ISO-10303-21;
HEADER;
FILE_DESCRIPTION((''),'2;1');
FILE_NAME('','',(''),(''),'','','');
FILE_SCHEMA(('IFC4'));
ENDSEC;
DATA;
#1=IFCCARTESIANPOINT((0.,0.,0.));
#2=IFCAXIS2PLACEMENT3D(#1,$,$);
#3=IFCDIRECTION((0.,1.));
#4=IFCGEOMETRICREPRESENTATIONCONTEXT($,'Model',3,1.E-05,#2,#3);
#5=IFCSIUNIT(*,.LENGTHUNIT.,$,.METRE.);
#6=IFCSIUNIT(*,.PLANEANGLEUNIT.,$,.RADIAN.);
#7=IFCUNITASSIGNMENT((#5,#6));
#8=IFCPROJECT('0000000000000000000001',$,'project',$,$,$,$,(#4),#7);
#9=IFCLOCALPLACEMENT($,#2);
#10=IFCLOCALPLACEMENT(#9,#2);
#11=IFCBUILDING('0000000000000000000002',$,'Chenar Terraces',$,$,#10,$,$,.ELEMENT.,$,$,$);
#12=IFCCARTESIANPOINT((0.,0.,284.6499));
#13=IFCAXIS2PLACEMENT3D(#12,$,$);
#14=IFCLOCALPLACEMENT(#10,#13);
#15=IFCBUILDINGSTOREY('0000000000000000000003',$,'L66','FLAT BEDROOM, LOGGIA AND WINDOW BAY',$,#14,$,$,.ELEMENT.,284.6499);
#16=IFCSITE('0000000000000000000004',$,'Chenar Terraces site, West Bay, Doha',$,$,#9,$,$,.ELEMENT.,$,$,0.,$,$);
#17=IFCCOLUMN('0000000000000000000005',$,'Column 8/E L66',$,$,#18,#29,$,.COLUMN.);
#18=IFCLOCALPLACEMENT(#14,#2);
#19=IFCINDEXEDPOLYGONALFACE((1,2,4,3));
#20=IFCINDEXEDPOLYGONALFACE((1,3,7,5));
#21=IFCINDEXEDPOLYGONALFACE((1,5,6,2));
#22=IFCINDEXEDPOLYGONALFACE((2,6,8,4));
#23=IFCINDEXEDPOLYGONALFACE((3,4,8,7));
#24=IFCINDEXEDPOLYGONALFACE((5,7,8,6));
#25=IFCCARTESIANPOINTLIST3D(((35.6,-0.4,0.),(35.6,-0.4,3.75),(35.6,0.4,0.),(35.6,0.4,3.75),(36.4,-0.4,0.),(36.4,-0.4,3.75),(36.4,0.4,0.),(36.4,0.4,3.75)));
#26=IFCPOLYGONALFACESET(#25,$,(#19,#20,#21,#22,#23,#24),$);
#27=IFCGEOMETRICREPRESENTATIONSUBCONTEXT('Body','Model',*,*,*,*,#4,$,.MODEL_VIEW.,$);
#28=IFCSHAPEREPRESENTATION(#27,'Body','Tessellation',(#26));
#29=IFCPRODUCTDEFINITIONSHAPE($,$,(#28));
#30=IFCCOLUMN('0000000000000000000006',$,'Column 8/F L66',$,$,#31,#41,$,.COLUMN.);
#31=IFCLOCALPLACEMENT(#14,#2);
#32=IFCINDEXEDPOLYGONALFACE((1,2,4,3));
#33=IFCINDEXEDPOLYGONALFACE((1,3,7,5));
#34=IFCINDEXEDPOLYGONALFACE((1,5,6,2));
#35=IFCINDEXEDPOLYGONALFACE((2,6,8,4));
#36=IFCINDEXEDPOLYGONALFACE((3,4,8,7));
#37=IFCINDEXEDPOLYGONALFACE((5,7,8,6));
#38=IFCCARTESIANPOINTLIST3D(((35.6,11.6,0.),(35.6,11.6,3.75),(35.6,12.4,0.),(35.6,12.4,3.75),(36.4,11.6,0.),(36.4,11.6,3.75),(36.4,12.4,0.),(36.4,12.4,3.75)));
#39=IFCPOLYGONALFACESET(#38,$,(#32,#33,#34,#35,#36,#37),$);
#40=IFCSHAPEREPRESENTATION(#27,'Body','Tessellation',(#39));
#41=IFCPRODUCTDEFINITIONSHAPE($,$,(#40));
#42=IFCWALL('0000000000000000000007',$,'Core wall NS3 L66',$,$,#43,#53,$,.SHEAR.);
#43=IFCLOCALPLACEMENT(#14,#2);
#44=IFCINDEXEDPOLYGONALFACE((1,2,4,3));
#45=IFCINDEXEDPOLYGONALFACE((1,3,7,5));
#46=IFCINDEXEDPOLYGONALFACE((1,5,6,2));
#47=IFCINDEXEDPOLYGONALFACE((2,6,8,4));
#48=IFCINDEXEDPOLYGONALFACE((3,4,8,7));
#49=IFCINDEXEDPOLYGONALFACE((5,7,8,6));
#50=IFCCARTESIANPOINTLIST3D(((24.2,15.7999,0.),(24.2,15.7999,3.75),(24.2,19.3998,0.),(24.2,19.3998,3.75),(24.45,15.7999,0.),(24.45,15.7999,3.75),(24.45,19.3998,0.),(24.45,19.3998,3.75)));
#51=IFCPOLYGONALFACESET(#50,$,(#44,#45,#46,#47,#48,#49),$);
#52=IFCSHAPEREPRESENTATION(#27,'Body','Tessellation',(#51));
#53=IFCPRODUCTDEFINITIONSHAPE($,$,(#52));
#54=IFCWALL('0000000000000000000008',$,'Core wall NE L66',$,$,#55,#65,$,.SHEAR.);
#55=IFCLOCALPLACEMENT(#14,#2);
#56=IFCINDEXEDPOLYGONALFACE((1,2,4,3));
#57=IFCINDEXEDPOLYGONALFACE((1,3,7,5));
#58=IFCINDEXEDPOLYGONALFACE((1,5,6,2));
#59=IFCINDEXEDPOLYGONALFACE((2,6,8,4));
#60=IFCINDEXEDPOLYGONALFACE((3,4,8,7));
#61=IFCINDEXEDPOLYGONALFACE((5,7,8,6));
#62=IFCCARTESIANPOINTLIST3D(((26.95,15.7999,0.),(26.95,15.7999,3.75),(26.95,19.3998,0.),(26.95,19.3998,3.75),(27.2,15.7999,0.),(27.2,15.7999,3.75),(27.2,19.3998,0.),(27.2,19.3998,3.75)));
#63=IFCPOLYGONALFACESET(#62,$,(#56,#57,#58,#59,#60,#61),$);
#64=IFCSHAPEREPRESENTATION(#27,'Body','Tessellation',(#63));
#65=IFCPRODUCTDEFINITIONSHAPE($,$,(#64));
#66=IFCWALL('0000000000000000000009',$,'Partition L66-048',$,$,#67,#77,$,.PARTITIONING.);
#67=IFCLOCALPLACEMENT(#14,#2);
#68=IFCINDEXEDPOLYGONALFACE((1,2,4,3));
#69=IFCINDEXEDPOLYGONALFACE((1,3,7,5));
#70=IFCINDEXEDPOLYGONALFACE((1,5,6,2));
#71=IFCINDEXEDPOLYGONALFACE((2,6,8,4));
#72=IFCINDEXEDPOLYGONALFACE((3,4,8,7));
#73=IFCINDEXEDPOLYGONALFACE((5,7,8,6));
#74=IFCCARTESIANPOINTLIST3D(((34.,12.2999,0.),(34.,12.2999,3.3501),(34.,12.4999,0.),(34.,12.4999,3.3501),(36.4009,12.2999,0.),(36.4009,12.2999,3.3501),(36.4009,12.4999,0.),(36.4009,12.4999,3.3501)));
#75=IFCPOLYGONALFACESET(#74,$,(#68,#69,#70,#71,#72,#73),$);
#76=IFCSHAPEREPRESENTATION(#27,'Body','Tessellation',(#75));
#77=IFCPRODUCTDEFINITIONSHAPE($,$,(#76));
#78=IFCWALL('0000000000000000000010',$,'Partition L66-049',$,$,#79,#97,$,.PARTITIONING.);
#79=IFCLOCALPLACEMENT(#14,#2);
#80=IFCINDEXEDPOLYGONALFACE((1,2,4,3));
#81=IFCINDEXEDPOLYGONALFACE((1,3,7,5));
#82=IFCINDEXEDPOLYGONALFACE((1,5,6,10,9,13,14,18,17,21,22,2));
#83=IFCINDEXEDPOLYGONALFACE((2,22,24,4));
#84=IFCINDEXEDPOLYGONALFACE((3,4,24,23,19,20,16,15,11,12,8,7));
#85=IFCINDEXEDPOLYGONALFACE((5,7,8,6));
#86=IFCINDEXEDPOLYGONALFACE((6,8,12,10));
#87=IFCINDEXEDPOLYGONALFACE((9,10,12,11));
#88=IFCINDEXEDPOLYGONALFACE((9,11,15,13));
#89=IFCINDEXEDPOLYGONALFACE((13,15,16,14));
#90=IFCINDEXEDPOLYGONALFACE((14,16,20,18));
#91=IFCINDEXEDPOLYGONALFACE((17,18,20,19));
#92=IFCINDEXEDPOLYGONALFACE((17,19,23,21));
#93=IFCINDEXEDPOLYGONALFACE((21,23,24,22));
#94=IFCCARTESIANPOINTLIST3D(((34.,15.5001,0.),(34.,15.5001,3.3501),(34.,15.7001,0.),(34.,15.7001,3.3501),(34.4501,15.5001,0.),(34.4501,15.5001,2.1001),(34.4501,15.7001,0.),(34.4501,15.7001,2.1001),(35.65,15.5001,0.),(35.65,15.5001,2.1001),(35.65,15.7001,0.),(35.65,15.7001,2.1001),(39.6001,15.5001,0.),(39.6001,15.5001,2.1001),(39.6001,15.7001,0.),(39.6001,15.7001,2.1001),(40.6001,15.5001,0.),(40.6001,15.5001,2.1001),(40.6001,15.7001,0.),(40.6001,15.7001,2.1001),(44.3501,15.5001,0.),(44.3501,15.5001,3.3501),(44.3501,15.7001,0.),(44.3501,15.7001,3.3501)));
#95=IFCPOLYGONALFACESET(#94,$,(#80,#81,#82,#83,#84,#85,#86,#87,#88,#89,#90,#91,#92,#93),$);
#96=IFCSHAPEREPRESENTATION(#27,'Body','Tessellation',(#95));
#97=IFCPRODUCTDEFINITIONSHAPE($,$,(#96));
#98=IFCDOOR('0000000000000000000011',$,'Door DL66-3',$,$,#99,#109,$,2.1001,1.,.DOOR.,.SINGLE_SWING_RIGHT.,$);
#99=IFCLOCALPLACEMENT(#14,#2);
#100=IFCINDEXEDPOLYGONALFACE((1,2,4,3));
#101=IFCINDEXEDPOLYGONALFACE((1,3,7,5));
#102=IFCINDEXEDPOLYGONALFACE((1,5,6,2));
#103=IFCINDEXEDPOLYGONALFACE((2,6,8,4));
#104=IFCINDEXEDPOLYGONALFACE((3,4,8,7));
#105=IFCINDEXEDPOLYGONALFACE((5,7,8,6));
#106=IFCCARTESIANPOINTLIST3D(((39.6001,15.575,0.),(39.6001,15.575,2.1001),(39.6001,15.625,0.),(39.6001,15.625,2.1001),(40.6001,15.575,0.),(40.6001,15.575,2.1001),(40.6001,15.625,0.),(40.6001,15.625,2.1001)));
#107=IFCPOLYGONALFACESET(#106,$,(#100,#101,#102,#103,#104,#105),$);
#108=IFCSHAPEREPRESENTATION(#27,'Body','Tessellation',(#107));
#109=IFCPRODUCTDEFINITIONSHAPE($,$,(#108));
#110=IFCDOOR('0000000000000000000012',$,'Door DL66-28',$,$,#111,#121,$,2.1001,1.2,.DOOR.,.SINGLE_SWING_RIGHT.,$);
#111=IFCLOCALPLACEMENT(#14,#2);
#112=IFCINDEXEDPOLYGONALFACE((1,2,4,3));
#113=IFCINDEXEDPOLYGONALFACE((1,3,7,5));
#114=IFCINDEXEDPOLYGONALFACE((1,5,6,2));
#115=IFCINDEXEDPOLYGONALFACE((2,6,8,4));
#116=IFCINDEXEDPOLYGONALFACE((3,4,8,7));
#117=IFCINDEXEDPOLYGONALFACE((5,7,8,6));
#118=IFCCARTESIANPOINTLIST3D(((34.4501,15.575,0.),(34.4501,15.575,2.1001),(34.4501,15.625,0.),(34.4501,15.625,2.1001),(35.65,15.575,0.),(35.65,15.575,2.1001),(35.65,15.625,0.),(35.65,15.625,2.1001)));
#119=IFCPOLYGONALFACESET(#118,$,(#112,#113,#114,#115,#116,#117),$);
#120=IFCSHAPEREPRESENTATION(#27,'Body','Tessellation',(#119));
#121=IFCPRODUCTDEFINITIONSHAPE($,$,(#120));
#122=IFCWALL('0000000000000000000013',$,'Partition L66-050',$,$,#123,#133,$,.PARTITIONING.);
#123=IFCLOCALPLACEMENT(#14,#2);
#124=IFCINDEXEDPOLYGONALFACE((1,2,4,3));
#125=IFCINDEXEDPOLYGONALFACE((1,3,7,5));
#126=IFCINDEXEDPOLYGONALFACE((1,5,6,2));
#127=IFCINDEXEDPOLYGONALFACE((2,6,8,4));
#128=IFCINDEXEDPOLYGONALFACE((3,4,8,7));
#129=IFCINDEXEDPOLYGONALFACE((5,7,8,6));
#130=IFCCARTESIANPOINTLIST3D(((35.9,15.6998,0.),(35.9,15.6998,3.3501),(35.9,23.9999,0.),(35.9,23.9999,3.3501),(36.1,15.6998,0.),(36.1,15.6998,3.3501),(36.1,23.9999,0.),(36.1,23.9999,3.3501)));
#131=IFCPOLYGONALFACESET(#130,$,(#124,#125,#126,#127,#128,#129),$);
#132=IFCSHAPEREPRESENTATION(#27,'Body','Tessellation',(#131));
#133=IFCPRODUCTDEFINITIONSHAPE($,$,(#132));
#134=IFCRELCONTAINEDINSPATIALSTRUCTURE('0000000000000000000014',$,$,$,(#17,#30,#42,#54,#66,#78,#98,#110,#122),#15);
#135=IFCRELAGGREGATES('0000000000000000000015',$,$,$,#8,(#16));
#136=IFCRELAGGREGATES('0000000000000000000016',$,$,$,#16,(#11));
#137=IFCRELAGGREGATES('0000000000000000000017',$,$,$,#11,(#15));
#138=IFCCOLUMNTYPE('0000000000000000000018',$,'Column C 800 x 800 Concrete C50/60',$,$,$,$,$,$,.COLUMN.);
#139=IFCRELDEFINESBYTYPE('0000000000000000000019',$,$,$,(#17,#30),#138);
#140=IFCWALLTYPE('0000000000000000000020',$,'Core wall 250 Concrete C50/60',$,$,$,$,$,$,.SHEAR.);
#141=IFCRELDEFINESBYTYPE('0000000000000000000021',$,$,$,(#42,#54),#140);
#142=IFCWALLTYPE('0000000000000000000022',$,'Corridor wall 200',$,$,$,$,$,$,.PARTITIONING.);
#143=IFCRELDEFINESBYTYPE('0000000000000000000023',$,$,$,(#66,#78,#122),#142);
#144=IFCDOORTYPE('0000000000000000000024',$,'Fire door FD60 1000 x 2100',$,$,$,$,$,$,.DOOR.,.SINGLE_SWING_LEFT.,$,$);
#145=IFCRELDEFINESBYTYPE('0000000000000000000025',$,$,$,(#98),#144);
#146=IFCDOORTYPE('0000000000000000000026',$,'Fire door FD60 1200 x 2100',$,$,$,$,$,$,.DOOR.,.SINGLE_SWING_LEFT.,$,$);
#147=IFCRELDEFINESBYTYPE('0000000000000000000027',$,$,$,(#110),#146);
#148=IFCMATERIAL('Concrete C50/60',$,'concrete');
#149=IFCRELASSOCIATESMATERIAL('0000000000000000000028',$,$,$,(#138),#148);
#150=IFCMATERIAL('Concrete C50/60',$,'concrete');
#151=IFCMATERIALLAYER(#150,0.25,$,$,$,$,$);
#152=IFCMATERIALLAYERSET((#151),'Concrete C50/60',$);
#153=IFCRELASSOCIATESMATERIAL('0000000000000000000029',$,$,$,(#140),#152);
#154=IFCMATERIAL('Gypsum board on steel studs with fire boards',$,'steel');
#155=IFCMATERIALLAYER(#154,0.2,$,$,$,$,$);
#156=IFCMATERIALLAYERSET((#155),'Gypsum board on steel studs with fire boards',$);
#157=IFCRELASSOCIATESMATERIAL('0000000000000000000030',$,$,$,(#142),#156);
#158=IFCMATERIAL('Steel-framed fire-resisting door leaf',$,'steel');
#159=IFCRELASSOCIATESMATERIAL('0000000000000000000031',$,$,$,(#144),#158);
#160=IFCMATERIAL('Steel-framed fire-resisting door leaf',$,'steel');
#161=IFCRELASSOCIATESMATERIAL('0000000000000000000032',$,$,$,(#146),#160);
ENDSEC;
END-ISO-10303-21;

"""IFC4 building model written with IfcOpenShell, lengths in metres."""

from ifc_helpers import new_model, si_unit, direction, frame, frame_2d, origin, origin_2d, place, context, subcontext, project, spatial, rectangle, extrude, material, layer, layer_set, material_profile, profile_set, type_object, element, fill, save


model = new_model("IFC4")

# Units and contexts
model_context = context("Model", 3, precision=1e-05, world=origin(), true_north=direction((0.0, 1.0)))
body_context = subcontext(model_context, "Body", "Model", "MODEL_VIEW")
ifc_project = project(units=[si_unit("LENGTHUNIT", "METRE"), si_unit("PLANEANGLEUNIT", "RADIAN")], contexts=[model_context])

# Site, building, storey
site_placement = place(None, origin())
site = spatial("IfcSite", under=ifc_project, at=site_placement, Name="Chenar Terraces site, West Bay, Doha", CompositionType="ELEMENT", RefElevation=0.0)
building_placement = place(site_placement, origin())
building = spatial("IfcBuilding", under=site, at=building_placement, Name="Chenar Terraces", CompositionType="ELEMENT")
storey_placement = place(building_placement, frame((0.0, 0.0, 284.6499)))
storey = spatial("IfcBuildingStorey", under=building, at=storey_placement, Name="L66", Description="FLAT BEDROOM, LOGGIA AND WINDOW BAY", CompositionType="ELEMENT", Elevation=284.6499)

# Columns
ifc_material_1 = material(Name="Concrete C50/60", Category="concrete")
ifc_material_profile = material_profile(ifc_material_1, rectangle(XDim=0.8, YDim=0.8, at=origin_2d()), Name="C 800 x 800")
ifc_profile_set = profile_set([ifc_material_profile], Name="Concrete C50/60")
column_type = type_object("IfcColumnType", Name="Column C 800 x 800 Concrete C50/60", PredefinedType="COLUMN", material=ifc_profile_set)
for number, where, z_axis, x_axis, name in (
    (1, (36.0, 0.0, 0.0), (0.0, 0.0, 1.0), (1.0, 0.0, 0.0), "Column 8/E L66"),
    (2, (36.0, 12.0, 0.0), (0.0, 0.0, 1.0), (1.0, 0.0, 0.0), "Column 8/F L66"),
):
    element("IfcColumn", number, at=place(storey_placement, frame(where, z_axis=z_axis, x_axis=x_axis)), inside=storey, type_object=column_type, Name=name, PredefinedType="COLUMN", context=body_context, shape_type="SweptSolid", body=[
        extrude(rectangle(XDim=0.8, YDim=0.8, at=origin_2d()), origin(), (0.0, 0.0, 1.0), 3.75),
    ])

# Walls
ifc_material_2 = material(Name="Concrete C50/60", Category="concrete")
ifc_layer_1 = layer(ifc_material_2, 0.25)
ifc_layer_set_1 = layer_set([ifc_layer_1], Name="Concrete C50/60")
wall_type_1 = type_object("IfcWallType", Name="Core wall 250 Concrete C50/60", PredefinedType="SHEAR", material=ifc_layer_set_1)
for number, where, z_axis, x_axis, name in (
    (3, (24.325, 15.8, 0.0), (0.0, 0.0, 1.0), (0.0, 1.0, 0.0), "Core wall NS3 L66"),
    (4, (27.075, 15.8, 0.0), (0.0, 0.0, 1.0), (0.0, 1.0, 0.0), "Core wall NE L66"),
):
    element("IfcWall", number, at=place(storey_placement, frame(where, z_axis=z_axis, x_axis=x_axis)), inside=storey, type_object=wall_type_1, Name=name, PredefinedType="SHEAR", context=body_context, shape_type="SweptSolid", body=[
        extrude(rectangle(XDim=3.5999, YDim=0.25, at=frame_2d((1.7998, 0.0))), origin(), (0.0, 0.0, 1.0), 3.75),
    ])

# Wall
ifc_material_3 = material(Name="Gypsum board on steel studs with fire boards", Category="steel")
ifc_layer_2 = layer(ifc_material_3, 0.2)
ifc_layer_set_2 = layer_set([ifc_layer_2], Name="Gypsum board on steel studs with fire boards")
wall_type_2 = type_object("IfcWallType", Name="Corridor wall 200", PredefinedType="PARTITIONING", material=ifc_layer_set_2)
wall_1_placement = place(storey_placement, frame((34.0, 12.3999, 0.0), z_axis=(0.0, 0.0, 1.0), x_axis=(1.0, 0.0, 0.0)))
element("IfcWall", 5, at=wall_1_placement, inside=storey, type_object=wall_type_2, Name="Partition L66-048", PredefinedType="PARTITIONING", context=body_context, shape_type="SweptSolid", body=[
    extrude(rectangle(XDim=2.4009, YDim=0.2, at=frame_2d((1.2004, 0.0))), origin(), (0.0, 0.0, 1.0), 3.3501),
])

# Wall, openings, doors
wall_2_placement = place(storey_placement, frame((34.0, 15.6001, 0.0), z_axis=(0.0, 0.0, 1.0), x_axis=(1.0, 0.0, 0.0)))
wall_2 = element("IfcWall", 6, at=wall_2_placement, inside=storey, type_object=wall_type_2, Name="Partition L66-049", PredefinedType="PARTITIONING", context=body_context, shape_type="SweptSolid", body=[
    extrude(rectangle(XDim=10.3501, YDim=0.2, at=frame_2d((5.175, 0.0))), origin(), (0.0, 0.0, 1.0), 3.3501),
])
opening_1_placement = place(wall_2_placement, frame((5.6001, 0.0, 0.0)))
opening_1 = element("IfcOpeningElement", 7, at=opening_1_placement, cuts=wall_2, PredefinedType="OPENING", context=body_context, shape_type="SweptSolid", body=[
    extrude(rectangle(XDim=1.0, YDim=2.1001, at=frame_2d((0.5, 1.05))), frame((0.0, 0.1099, 0.0), z_axis=(0.0, -1.0, 0.0), x_axis=(1.0, 0.0, 0.0)), (0.0, 0.0, 1.0), 0.22),
])
opening_2_placement = place(wall_2_placement, frame((0.45, 0.0, 0.0)))
opening_2 = element("IfcOpeningElement", 8, at=opening_2_placement, cuts=wall_2, PredefinedType="OPENING", context=body_context, shape_type="SweptSolid", body=[
    extrude(rectangle(XDim=1.2, YDim=2.1001, at=frame_2d((0.6001, 1.05))), frame((0.0, 0.1099, 0.0), z_axis=(0.0, -1.0, 0.0), x_axis=(1.0, 0.0, 0.0)), (0.0, 0.0, 1.0), 0.22),
])
ifc_material_4 = material(Name="Steel-framed fire-resisting door leaf", Category="steel")
door_type_1 = type_object("IfcDoorType", Name="Fire door FD60 1000 x 2100", OperationType="SINGLE_SWING_LEFT", PredefinedType="DOOR", material=ifc_material_4)
door_1_placement = place(opening_1_placement, origin())
door_1 = element("IfcDoor", 9, at=door_1_placement, inside=storey, type_object=door_type_1, Name="Door DL66-3", OperationType="SINGLE_SWING_RIGHT", OverallHeight=2.1001, OverallWidth=1.0, PredefinedType="DOOR", context=body_context, shape_type="SweptSolid", body=[
    extrude(rectangle(XDim=1.0, YDim=2.1001, at=frame_2d((0.5, 1.05))), frame((0.0, 0.0249, 0.0), z_axis=(0.0, -1.0, 0.0), x_axis=(1.0, 0.0, 0.0)), (0.0, 0.0, 1.0), 0.05),
])
fill(opening_1, door_1)
ifc_material_5 = material(Name="Steel-framed fire-resisting door leaf", Category="steel")
door_type_2 = type_object("IfcDoorType", Name="Fire door FD60 1200 x 2100", OperationType="SINGLE_SWING_LEFT", PredefinedType="DOOR", material=ifc_material_5)
door_2_placement = place(opening_2_placement, origin())
door_2 = element("IfcDoor", 10, at=door_2_placement, inside=storey, type_object=door_type_2, Name="Door DL66-28", OperationType="SINGLE_SWING_RIGHT", OverallHeight=2.1001, OverallWidth=1.2, PredefinedType="DOOR", context=body_context, shape_type="SweptSolid", body=[
    extrude(rectangle(XDim=1.2, YDim=2.1001, at=frame_2d((0.6001, 1.05))), frame((0.0, 0.0249, 0.0), z_axis=(0.0, -1.0, 0.0), x_axis=(1.0, 0.0, 0.0)), (0.0, 0.0, 1.0), 0.05),
])
fill(opening_2, door_2)

# Wall
wall_3_placement = place(storey_placement, frame((36.0, 15.7, 0.0), z_axis=(0.0, 0.0, 1.0), x_axis=(0.0, 1.0, 0.0)))
element("IfcWall", 11, at=wall_3_placement, inside=storey, type_object=wall_type_2, Name="Partition L66-050", PredefinedType="PARTITIONING", context=body_context, shape_type="SweptSolid", body=[
    extrude(rectangle(XDim=8.3, YDim=0.2, at=frame_2d((4.1499, 0.0))), origin(), (0.0, 0.0, 1.0), 3.3501),
])

save(model, "model.ifc")
